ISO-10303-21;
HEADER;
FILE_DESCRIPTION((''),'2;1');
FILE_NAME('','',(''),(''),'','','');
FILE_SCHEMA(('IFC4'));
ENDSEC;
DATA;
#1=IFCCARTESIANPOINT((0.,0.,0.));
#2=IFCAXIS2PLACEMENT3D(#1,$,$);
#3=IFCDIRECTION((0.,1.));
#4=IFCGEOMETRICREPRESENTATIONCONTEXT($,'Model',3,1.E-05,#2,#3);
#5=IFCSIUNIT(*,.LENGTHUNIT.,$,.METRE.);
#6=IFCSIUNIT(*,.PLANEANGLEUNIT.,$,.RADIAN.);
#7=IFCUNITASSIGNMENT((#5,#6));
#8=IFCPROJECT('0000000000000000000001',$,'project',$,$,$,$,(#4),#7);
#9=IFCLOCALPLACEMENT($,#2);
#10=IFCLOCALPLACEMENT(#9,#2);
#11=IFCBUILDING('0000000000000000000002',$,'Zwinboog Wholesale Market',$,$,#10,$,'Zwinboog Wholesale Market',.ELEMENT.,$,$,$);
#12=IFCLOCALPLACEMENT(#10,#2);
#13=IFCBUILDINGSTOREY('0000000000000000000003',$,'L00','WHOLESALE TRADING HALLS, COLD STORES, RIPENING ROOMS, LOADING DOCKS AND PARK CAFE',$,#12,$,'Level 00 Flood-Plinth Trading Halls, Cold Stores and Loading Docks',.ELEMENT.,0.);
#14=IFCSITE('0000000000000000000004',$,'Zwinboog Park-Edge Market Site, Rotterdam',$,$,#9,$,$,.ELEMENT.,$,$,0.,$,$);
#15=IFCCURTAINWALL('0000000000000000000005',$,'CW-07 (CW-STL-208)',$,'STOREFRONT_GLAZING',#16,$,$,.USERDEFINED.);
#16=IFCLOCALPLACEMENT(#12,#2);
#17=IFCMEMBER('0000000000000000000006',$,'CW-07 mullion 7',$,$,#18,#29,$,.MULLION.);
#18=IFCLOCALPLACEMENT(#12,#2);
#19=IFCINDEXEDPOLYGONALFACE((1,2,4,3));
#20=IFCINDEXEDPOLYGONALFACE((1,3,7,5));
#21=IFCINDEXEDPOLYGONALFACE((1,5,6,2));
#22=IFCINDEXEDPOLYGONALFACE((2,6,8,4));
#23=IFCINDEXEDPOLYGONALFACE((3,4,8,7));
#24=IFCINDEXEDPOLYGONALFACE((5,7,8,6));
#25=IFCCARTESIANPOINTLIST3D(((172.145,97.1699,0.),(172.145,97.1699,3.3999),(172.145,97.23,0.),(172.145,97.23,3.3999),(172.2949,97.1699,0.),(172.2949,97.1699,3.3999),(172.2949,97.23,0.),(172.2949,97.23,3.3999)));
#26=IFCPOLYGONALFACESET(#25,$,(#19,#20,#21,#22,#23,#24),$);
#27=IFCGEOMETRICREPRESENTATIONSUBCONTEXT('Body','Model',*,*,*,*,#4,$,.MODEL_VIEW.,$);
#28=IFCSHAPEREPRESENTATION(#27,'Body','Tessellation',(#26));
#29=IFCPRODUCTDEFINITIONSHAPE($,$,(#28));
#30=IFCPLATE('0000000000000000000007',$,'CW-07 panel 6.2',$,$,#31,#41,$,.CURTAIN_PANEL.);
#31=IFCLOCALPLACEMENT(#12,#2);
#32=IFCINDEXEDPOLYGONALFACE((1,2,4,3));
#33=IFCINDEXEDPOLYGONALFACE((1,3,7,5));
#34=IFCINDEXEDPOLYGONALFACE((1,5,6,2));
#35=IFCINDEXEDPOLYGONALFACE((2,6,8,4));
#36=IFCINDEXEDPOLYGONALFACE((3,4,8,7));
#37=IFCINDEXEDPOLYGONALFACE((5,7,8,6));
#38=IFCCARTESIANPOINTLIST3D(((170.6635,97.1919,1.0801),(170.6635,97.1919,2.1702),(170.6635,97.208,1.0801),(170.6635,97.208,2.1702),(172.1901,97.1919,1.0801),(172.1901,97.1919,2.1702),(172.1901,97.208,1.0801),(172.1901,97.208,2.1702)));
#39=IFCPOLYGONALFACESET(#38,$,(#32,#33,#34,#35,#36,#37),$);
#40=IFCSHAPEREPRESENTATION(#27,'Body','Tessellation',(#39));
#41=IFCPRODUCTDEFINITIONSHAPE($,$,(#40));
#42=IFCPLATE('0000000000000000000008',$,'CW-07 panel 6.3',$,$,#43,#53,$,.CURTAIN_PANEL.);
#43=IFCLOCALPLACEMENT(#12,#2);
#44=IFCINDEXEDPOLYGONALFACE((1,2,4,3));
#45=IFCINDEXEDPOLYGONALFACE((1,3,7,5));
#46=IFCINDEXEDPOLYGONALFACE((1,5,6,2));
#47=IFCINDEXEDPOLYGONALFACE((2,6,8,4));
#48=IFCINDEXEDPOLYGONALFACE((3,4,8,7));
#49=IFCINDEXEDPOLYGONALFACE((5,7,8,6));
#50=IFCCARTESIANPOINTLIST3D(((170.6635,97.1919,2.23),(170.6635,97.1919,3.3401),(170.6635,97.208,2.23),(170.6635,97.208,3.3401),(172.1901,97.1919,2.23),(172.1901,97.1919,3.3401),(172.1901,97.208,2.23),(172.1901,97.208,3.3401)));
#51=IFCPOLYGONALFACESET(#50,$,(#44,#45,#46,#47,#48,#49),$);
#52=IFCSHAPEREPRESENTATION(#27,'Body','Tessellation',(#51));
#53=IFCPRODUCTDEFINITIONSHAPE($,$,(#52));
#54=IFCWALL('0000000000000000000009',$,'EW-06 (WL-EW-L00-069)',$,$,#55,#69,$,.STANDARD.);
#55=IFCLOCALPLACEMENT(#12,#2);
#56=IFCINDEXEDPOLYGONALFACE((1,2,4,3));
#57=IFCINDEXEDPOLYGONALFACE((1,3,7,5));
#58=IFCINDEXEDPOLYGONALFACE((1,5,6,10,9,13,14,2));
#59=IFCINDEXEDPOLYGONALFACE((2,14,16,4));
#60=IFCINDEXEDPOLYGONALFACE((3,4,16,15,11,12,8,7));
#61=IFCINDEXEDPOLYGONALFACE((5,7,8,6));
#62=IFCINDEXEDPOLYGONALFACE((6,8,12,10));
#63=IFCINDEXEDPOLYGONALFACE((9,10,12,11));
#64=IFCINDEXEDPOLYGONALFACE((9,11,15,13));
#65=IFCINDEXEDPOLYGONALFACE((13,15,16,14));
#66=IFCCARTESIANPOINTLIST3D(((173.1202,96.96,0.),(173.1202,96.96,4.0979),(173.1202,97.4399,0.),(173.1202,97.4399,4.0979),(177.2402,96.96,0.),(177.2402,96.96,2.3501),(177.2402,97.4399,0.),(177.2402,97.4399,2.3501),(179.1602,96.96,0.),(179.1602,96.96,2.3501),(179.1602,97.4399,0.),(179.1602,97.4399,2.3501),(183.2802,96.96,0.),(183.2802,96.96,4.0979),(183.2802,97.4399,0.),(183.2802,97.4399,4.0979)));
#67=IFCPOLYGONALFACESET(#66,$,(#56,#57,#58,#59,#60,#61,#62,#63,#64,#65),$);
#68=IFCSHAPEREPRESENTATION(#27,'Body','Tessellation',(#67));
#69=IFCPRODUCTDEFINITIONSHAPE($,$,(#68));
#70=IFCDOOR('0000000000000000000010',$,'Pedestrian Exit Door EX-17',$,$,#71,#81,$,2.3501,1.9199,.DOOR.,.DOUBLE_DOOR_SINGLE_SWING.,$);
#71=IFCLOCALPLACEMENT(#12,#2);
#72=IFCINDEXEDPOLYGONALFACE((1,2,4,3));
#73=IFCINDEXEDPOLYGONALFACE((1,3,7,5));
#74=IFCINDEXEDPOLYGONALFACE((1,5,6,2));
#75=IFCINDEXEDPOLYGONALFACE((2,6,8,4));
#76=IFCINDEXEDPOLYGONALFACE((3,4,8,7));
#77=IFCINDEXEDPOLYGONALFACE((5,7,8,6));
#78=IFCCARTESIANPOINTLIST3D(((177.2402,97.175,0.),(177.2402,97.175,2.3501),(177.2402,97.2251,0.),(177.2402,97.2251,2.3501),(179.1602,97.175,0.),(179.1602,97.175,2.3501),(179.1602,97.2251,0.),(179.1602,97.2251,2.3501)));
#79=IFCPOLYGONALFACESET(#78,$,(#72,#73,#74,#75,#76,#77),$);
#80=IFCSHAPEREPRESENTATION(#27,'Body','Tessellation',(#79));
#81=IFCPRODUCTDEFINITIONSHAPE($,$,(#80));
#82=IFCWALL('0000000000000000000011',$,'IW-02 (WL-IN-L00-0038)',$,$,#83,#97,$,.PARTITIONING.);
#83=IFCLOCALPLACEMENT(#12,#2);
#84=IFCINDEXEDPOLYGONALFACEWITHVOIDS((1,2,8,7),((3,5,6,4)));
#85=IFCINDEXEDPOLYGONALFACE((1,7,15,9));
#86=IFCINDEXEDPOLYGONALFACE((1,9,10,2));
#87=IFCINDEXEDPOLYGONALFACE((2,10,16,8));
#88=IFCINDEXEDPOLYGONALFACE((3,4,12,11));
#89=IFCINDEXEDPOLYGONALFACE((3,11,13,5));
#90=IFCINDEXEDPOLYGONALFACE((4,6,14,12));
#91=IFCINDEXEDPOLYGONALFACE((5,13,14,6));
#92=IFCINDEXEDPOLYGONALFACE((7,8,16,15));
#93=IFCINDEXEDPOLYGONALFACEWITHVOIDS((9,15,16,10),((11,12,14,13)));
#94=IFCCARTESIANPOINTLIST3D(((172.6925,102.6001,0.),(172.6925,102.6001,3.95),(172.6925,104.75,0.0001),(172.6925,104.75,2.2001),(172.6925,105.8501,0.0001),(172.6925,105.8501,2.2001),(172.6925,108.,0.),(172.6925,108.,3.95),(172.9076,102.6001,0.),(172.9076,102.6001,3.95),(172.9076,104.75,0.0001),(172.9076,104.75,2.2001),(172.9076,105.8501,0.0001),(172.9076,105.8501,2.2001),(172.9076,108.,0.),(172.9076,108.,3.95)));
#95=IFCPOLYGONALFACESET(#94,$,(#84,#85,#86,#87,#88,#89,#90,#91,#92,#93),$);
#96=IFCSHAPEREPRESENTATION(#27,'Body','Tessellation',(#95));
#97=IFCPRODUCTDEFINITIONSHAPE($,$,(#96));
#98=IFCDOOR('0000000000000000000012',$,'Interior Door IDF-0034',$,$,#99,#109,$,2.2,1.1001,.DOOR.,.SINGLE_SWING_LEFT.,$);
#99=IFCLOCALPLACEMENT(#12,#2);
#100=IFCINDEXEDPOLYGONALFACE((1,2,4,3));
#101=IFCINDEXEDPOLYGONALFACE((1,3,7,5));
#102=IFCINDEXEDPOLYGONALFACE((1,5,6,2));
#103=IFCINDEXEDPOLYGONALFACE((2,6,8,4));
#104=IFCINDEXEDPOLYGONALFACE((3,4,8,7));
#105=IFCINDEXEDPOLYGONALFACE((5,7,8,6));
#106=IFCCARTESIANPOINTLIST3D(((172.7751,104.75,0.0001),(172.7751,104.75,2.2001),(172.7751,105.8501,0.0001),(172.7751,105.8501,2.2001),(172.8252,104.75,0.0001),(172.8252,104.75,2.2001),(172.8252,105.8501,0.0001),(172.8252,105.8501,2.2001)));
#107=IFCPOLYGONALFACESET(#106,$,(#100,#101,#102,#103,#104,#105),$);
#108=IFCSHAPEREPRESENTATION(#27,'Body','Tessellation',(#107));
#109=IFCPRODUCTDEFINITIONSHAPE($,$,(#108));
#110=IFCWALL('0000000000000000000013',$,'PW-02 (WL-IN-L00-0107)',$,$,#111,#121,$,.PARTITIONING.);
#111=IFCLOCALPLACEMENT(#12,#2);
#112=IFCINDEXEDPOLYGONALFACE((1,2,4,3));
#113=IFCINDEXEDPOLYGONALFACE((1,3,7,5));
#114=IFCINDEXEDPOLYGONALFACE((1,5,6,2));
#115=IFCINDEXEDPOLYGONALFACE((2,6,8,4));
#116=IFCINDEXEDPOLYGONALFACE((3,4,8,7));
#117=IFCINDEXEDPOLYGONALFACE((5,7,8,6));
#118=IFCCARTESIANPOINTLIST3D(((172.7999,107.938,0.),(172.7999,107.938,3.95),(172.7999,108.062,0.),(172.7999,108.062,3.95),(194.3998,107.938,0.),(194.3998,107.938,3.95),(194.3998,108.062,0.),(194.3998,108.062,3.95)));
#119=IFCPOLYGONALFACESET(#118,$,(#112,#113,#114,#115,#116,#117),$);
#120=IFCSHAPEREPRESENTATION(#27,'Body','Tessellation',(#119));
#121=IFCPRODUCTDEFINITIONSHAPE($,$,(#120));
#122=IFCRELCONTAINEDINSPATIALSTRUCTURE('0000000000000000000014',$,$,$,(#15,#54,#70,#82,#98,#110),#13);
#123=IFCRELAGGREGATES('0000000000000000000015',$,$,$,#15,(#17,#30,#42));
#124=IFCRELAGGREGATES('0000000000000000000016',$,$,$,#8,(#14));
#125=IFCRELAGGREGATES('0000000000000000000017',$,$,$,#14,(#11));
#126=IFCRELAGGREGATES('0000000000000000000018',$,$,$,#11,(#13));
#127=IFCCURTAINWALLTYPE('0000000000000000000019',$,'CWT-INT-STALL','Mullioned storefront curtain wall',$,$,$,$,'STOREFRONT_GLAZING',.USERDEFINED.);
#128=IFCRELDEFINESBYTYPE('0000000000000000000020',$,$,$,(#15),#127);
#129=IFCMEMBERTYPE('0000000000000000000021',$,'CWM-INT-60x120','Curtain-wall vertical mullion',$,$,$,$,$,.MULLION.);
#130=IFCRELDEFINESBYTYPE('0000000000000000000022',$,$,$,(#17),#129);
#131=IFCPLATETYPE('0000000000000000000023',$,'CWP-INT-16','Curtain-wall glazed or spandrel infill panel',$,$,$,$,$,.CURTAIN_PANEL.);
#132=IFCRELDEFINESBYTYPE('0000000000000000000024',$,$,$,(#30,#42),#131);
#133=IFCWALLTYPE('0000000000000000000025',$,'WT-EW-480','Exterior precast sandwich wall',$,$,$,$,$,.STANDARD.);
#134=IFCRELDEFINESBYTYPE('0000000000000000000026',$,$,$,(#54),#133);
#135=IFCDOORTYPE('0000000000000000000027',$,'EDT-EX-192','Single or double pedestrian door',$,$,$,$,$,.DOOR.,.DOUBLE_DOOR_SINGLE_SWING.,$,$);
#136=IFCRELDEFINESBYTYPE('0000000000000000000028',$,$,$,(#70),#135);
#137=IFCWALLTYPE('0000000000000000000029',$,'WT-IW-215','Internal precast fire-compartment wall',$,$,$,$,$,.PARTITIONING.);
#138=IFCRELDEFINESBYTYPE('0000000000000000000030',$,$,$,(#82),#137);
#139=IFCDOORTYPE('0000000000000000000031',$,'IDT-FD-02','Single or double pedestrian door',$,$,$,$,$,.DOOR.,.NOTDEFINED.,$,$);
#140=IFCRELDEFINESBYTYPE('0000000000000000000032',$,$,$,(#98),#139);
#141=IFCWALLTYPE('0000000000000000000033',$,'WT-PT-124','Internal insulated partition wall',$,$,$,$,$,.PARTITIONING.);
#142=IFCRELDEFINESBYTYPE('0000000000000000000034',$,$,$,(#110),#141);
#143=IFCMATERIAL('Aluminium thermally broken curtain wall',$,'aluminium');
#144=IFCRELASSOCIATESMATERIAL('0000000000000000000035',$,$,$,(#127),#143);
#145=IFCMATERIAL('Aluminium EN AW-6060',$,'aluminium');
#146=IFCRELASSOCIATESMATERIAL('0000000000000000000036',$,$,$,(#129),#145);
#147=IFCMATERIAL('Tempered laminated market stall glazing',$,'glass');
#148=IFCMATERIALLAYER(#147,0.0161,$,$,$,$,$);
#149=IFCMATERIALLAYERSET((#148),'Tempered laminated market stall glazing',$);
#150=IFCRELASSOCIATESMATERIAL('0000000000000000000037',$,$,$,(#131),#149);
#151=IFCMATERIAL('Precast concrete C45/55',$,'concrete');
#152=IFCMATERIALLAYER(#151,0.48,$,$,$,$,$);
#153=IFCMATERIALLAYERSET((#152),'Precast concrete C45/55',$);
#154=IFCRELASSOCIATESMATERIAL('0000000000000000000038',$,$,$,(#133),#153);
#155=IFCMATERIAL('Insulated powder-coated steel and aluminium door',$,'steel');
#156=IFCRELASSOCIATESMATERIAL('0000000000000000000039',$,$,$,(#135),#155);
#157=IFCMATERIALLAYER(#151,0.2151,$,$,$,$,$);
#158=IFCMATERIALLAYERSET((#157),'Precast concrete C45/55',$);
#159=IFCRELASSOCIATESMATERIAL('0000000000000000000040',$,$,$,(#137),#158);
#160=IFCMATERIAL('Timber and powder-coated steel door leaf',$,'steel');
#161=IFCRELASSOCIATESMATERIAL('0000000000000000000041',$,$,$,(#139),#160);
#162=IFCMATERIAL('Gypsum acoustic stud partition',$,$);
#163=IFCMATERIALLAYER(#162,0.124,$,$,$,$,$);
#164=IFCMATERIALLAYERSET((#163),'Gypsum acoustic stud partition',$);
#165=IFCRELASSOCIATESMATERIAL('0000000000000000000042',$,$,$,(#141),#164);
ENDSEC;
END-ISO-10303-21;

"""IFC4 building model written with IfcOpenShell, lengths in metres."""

from ifc_helpers import new_model, si_unit, direction, frame, frame_2d, origin, origin_2d, place, context, subcontext, project, spatial, rectangle, extrude, material, layer, layer_set, material_profile, profile_set, type_object, element, fill, aggregate, save


model = new_model("IFC4")

# Units and contexts
model_context = context("Model", 3, precision=1e-05, world=origin(), true_north=direction((0.0, 1.0)))
body_context = subcontext(model_context, "Body", "Model", "MODEL_VIEW")
ifc_project = project(units=[si_unit("LENGTHUNIT", "METRE"), si_unit("PLANEANGLEUNIT", "RADIAN")], contexts=[model_context])

# Site, building, storey
site_placement = place(None, origin())
site = spatial("IfcSite", under=ifc_project, at=site_placement, Name="Zwinboog Park-Edge Market Site, Rotterdam", CompositionType="ELEMENT", RefElevation=0.0)
building_placement = place(site_placement, origin())
building = spatial("IfcBuilding", under=site, at=building_placement, Name="Zwinboog Wholesale Market", LongName="Zwinboog Wholesale Market", CompositionType="ELEMENT")
storey_placement = place(building_placement, origin())
storey = spatial("IfcBuildingStorey", under=building, at=storey_placement, Name="L00", Description="WHOLESALE TRADING HALLS, COLD STORES, RIPENING ROOMS, LOADING DOCKS AND PARK CAFE", LongName="Level 00 Flood-Plinth Trading Halls, Cold Stores and Loading Docks", CompositionType="ELEMENT", Elevation=0.0)

# Shared definitions
ifc_material_1 = material(Name="Precast concrete C45/55", Category="concrete")

# Curtain wall, member, plates
ifc_material_2 = material(Name="Aluminium thermally broken curtain wall", Category="aluminium")
curtain_wall_type = type_object("IfcCurtainWallType", Name="CWT-INT-STALL", Description="Mullioned storefront curtain wall", ElementType="STOREFRONT_GLAZING", PredefinedType="USERDEFINED", material=ifc_material_2)
curtain_wall_placement = place(storey_placement, origin())
curtain_wall = element("IfcCurtainWall", 1, at=curtain_wall_placement, inside=storey, type_object=curtain_wall_type, Name="CW-07 (CW-STL-208)", ObjectType="STOREFRONT_GLAZING", PredefinedType="USERDEFINED")
ifc_material_3 = material(Name="Aluminium EN AW-6060", Category="aluminium")
ifc_material_profile_1 = material_profile(ifc_material_3, rectangle(XDim=0.0601, YDim=0.1499, at=origin_2d()), Name="AL 60x150")
ifc_profile_set_1 = profile_set([ifc_material_profile_1], Name="Aluminium EN AW-6060")
member_type = type_object("IfcMemberType", Name="CWM-INT-60x120", Description="Curtain-wall vertical mullion", PredefinedType="MULLION", material=ifc_profile_set_1)
member_placement = place(storey_placement, frame((172.22, 97.2, 0.0), z_axis=(0.0, 0.0, 1.0), x_axis=(0.0, 1.0, 0.0)))
member = element("IfcMember", 2, at=member_placement, type_object=member_type, Name="CW-07 mullion 7", PredefinedType="MULLION", context=body_context, shape_type="SweptSolid", body=[
    extrude(rectangle(XDim=0.0601, YDim=0.1499, at=origin_2d()), origin(), (0.0, 0.0, 1.0), 3.3999),
])
ifc_material_4 = material(Name="Tempered laminated market stall glazing", Category="glass")
ifc_layer_1 = layer(ifc_material_4, 0.0161)
ifc_layer_set_1 = layer_set([ifc_layer_1], Name="Tempered laminated market stall glazing")
plate_type = type_object("IfcPlateType", Name="CWP-INT-16", Description="Curtain-wall glazed or spandrel infill panel", PredefinedType="CURTAIN_PANEL", material=ifc_layer_set_1)
plate_1_placement = place(storey_placement, frame((171.4268, 97.2, 1.0801), z_axis=(0.0, 0.0, 1.0), x_axis=(1.0, 0.0, 0.0)))
plate_1 = element("IfcPlate", 3, at=plate_1_placement, type_object=plate_type, Name="CW-07 panel 6.2", PredefinedType="CURTAIN_PANEL", context=body_context, shape_type="SweptSolid", body=[
    extrude(rectangle(XDim=1.5266, YDim=0.0161, at=origin_2d()), origin(), (0.0, 0.0, 1.0), 1.0901),
])
plate_2_placement = place(storey_placement, frame((171.4268, 97.2, 2.23), z_axis=(0.0, 0.0, 1.0), x_axis=(1.0, 0.0, 0.0)))
plate_2 = element("IfcPlate", 4, at=plate_2_placement, type_object=plate_type, Name="CW-07 panel 6.3", PredefinedType="CURTAIN_PANEL", context=body_context, shape_type="SweptSolid", body=[
    extrude(rectangle(XDim=1.5266, YDim=0.0161, at=origin_2d()), origin(), (0.0, 0.0, 1.0), 1.1101),
])
aggregate(curtain_wall, [member, plate_1, plate_2])

# Walls, openings, doors
ifc_layer_2 = layer(ifc_material_1, 0.48)
ifc_layer_set_2 = layer_set([ifc_layer_2], Name="Precast concrete C45/55")
wall_type_1 = type_object("IfcWallType", Name="WT-EW-480", Description="Exterior precast sandwich wall", PredefinedType="STANDARD", material=ifc_layer_set_2)
wall_1_placement = place(storey_placement, frame((173.1201, 97.2, 0.0), z_axis=(0.0, 0.0, 1.0), x_axis=(1.0, 0.0, 0.0)))
wall_1 = element("IfcWall", 5, at=wall_1_placement, inside=storey, type_object=wall_type_1, Name="EW-06 (WL-EW-L00-069)", PredefinedType="STANDARD", context=body_context, shape_type="SweptSolid", body=[
    extrude(rectangle(XDim=10.1599, YDim=0.48, at=frame_2d((5.0801, 0.0))), origin(), (0.0, 0.0, 1.0), 4.0979),
])
opening_1_placement = place(wall_1_placement, frame((4.1201, 0.0, 0.0)))
opening_1 = element("IfcOpeningElement", 6, at=opening_1_placement, cuts=wall_1, PredefinedType="OPENING", context=body_context, shape_type="SweptSolid", body=[
    extrude(rectangle(XDim=1.9199, YDim=2.3501, at=frame_2d((0.96, 1.175))), frame((0.0, 0.25, 0.0), z_axis=(0.0, -1.0, 0.0), x_axis=(1.0, 0.0, 0.0)), (0.0, 0.0, 1.0), 0.5),
])
ifc_material_5 = material(Name="Insulated powder-coated steel and aluminium door", Category="steel")
door_type_1 = type_object("IfcDoorType", Name="EDT-EX-192", Description="Single or double pedestrian door", OperationType="DOUBLE_DOOR_SINGLE_SWING", PredefinedType="DOOR", material=ifc_material_5)
door_1_placement = place(opening_1_placement, frame((1.9199, 0.0, 0.0), z_axis=(0.0, 0.0, 1.0), x_axis=(-1.0, 0.0, 0.0)))
door_1 = element("IfcDoor", 7, at=door_1_placement, inside=storey, type_object=door_type_1, Name="Pedestrian Exit Door EX-17", OperationType="DOUBLE_DOOR_SINGLE_SWING", OverallHeight=2.3501, OverallWidth=1.9199, PredefinedType="DOOR", context=body_context, shape_type="SweptSolid", body=[
    extrude(rectangle(XDim=1.9199, YDim=2.3501, at=frame_2d((0.96, 1.175))), frame((0.0, 0.0249, 0.0), z_axis=(0.0, -1.0, 0.0), x_axis=(1.0, 0.0, 0.0)), (0.0, 0.0, 1.0), 0.05),
])
fill(opening_1, door_1)
ifc_layer_3 = layer(ifc_material_1, 0.2151)
ifc_layer_set_3 = layer_set([ifc_layer_3], Name="Precast concrete C45/55")
wall_type_2 = type_object("IfcWallType", Name="WT-IW-215", Description="Internal precast fire-compartment wall", PredefinedType="PARTITIONING", material=ifc_layer_set_3)
wall_2_placement = place(storey_placement, frame((172.8, 102.6001, 0.0), z_axis=(0.0, 0.0, 1.0), x_axis=(0.0, 1.0, 0.0)))
wall_2 = element("IfcWall", 8, at=wall_2_placement, inside=storey, type_object=wall_type_2, Name="IW-02 (WL-IN-L00-0038)", PredefinedType="PARTITIONING", context=body_context, shape_type="SweptSolid", body=[
    extrude(rectangle(XDim=5.3999, YDim=0.2151, at=frame_2d((2.7, 0.0))), origin(), (0.0, 0.0, 1.0), 3.95),
])
opening_2_placement = place(wall_2_placement, frame((2.1499, 0.0, 0.0)))
opening_2 = element("IfcOpeningElement", 9, at=opening_2_placement, cuts=wall_2, PredefinedType="OPENING", context=body_context, shape_type="SweptSolid", body=[
    extrude(rectangle(XDim=1.1001, YDim=2.2, at=frame_2d((0.55, 1.1001))), frame((0.0, 0.1174, 0.0), z_axis=(0.0, -1.0, 0.0), x_axis=(1.0, 0.0, 0.0)), (0.0, 0.0, 1.0), 0.2351),
])
ifc_material_6 = material(Name="Timber and powder-coated steel door leaf", Category="steel")
door_type_2 = type_object("IfcDoorType", Name="IDT-FD-02", Description="Single or double pedestrian door", OperationType="NOTDEFINED", PredefinedType="DOOR", material=ifc_material_6)
door_2_placement = place(opening_2_placement, origin())
door_2 = element("IfcDoor", 10, at=door_2_placement, inside=storey, type_object=door_type_2, Name="Interior Door IDF-0034", OperationType="SINGLE_SWING_LEFT", OverallHeight=2.2, OverallWidth=1.1001, PredefinedType="DOOR", context=body_context, shape_type="SweptSolid", body=[
    extrude(rectangle(XDim=1.1001, YDim=2.2, at=frame_2d((0.55, 1.1001))), frame((0.0, 0.0249, 0.0), z_axis=(0.0, -1.0, 0.0), x_axis=(1.0, 0.0, 0.0)), (0.0, 0.0, 1.0), 0.05),
])
fill(opening_2, door_2)

# Wall
ifc_material_7 = material(Name="Gypsum acoustic stud partition")
ifc_layer_4 = layer(ifc_material_7, 0.124)
ifc_layer_set_4 = layer_set([ifc_layer_4], Name="Gypsum acoustic stud partition")
wall_type_3 = type_object("IfcWallType", Name="WT-PT-124", Description="Internal insulated partition wall", PredefinedType="PARTITIONING", material=ifc_layer_set_4)
wall_3_placement = place(storey_placement, frame((172.8, 108.0, 0.0), z_axis=(0.0, 0.0, 1.0), x_axis=(1.0, 0.0, 0.0)))
element("IfcWall", 11, at=wall_3_placement, inside=storey, type_object=wall_type_3, Name="PW-02 (WL-IN-L00-0107)", PredefinedType="PARTITIONING", context=body_context, shape_type="SweptSolid", body=[
    extrude(rectangle(XDim=21.5999, YDim=0.124, at=frame_2d((10.7998, 0.0))), origin(), (0.0, 0.0, 1.0), 3.95),
])

save(model, "model.ifc")
